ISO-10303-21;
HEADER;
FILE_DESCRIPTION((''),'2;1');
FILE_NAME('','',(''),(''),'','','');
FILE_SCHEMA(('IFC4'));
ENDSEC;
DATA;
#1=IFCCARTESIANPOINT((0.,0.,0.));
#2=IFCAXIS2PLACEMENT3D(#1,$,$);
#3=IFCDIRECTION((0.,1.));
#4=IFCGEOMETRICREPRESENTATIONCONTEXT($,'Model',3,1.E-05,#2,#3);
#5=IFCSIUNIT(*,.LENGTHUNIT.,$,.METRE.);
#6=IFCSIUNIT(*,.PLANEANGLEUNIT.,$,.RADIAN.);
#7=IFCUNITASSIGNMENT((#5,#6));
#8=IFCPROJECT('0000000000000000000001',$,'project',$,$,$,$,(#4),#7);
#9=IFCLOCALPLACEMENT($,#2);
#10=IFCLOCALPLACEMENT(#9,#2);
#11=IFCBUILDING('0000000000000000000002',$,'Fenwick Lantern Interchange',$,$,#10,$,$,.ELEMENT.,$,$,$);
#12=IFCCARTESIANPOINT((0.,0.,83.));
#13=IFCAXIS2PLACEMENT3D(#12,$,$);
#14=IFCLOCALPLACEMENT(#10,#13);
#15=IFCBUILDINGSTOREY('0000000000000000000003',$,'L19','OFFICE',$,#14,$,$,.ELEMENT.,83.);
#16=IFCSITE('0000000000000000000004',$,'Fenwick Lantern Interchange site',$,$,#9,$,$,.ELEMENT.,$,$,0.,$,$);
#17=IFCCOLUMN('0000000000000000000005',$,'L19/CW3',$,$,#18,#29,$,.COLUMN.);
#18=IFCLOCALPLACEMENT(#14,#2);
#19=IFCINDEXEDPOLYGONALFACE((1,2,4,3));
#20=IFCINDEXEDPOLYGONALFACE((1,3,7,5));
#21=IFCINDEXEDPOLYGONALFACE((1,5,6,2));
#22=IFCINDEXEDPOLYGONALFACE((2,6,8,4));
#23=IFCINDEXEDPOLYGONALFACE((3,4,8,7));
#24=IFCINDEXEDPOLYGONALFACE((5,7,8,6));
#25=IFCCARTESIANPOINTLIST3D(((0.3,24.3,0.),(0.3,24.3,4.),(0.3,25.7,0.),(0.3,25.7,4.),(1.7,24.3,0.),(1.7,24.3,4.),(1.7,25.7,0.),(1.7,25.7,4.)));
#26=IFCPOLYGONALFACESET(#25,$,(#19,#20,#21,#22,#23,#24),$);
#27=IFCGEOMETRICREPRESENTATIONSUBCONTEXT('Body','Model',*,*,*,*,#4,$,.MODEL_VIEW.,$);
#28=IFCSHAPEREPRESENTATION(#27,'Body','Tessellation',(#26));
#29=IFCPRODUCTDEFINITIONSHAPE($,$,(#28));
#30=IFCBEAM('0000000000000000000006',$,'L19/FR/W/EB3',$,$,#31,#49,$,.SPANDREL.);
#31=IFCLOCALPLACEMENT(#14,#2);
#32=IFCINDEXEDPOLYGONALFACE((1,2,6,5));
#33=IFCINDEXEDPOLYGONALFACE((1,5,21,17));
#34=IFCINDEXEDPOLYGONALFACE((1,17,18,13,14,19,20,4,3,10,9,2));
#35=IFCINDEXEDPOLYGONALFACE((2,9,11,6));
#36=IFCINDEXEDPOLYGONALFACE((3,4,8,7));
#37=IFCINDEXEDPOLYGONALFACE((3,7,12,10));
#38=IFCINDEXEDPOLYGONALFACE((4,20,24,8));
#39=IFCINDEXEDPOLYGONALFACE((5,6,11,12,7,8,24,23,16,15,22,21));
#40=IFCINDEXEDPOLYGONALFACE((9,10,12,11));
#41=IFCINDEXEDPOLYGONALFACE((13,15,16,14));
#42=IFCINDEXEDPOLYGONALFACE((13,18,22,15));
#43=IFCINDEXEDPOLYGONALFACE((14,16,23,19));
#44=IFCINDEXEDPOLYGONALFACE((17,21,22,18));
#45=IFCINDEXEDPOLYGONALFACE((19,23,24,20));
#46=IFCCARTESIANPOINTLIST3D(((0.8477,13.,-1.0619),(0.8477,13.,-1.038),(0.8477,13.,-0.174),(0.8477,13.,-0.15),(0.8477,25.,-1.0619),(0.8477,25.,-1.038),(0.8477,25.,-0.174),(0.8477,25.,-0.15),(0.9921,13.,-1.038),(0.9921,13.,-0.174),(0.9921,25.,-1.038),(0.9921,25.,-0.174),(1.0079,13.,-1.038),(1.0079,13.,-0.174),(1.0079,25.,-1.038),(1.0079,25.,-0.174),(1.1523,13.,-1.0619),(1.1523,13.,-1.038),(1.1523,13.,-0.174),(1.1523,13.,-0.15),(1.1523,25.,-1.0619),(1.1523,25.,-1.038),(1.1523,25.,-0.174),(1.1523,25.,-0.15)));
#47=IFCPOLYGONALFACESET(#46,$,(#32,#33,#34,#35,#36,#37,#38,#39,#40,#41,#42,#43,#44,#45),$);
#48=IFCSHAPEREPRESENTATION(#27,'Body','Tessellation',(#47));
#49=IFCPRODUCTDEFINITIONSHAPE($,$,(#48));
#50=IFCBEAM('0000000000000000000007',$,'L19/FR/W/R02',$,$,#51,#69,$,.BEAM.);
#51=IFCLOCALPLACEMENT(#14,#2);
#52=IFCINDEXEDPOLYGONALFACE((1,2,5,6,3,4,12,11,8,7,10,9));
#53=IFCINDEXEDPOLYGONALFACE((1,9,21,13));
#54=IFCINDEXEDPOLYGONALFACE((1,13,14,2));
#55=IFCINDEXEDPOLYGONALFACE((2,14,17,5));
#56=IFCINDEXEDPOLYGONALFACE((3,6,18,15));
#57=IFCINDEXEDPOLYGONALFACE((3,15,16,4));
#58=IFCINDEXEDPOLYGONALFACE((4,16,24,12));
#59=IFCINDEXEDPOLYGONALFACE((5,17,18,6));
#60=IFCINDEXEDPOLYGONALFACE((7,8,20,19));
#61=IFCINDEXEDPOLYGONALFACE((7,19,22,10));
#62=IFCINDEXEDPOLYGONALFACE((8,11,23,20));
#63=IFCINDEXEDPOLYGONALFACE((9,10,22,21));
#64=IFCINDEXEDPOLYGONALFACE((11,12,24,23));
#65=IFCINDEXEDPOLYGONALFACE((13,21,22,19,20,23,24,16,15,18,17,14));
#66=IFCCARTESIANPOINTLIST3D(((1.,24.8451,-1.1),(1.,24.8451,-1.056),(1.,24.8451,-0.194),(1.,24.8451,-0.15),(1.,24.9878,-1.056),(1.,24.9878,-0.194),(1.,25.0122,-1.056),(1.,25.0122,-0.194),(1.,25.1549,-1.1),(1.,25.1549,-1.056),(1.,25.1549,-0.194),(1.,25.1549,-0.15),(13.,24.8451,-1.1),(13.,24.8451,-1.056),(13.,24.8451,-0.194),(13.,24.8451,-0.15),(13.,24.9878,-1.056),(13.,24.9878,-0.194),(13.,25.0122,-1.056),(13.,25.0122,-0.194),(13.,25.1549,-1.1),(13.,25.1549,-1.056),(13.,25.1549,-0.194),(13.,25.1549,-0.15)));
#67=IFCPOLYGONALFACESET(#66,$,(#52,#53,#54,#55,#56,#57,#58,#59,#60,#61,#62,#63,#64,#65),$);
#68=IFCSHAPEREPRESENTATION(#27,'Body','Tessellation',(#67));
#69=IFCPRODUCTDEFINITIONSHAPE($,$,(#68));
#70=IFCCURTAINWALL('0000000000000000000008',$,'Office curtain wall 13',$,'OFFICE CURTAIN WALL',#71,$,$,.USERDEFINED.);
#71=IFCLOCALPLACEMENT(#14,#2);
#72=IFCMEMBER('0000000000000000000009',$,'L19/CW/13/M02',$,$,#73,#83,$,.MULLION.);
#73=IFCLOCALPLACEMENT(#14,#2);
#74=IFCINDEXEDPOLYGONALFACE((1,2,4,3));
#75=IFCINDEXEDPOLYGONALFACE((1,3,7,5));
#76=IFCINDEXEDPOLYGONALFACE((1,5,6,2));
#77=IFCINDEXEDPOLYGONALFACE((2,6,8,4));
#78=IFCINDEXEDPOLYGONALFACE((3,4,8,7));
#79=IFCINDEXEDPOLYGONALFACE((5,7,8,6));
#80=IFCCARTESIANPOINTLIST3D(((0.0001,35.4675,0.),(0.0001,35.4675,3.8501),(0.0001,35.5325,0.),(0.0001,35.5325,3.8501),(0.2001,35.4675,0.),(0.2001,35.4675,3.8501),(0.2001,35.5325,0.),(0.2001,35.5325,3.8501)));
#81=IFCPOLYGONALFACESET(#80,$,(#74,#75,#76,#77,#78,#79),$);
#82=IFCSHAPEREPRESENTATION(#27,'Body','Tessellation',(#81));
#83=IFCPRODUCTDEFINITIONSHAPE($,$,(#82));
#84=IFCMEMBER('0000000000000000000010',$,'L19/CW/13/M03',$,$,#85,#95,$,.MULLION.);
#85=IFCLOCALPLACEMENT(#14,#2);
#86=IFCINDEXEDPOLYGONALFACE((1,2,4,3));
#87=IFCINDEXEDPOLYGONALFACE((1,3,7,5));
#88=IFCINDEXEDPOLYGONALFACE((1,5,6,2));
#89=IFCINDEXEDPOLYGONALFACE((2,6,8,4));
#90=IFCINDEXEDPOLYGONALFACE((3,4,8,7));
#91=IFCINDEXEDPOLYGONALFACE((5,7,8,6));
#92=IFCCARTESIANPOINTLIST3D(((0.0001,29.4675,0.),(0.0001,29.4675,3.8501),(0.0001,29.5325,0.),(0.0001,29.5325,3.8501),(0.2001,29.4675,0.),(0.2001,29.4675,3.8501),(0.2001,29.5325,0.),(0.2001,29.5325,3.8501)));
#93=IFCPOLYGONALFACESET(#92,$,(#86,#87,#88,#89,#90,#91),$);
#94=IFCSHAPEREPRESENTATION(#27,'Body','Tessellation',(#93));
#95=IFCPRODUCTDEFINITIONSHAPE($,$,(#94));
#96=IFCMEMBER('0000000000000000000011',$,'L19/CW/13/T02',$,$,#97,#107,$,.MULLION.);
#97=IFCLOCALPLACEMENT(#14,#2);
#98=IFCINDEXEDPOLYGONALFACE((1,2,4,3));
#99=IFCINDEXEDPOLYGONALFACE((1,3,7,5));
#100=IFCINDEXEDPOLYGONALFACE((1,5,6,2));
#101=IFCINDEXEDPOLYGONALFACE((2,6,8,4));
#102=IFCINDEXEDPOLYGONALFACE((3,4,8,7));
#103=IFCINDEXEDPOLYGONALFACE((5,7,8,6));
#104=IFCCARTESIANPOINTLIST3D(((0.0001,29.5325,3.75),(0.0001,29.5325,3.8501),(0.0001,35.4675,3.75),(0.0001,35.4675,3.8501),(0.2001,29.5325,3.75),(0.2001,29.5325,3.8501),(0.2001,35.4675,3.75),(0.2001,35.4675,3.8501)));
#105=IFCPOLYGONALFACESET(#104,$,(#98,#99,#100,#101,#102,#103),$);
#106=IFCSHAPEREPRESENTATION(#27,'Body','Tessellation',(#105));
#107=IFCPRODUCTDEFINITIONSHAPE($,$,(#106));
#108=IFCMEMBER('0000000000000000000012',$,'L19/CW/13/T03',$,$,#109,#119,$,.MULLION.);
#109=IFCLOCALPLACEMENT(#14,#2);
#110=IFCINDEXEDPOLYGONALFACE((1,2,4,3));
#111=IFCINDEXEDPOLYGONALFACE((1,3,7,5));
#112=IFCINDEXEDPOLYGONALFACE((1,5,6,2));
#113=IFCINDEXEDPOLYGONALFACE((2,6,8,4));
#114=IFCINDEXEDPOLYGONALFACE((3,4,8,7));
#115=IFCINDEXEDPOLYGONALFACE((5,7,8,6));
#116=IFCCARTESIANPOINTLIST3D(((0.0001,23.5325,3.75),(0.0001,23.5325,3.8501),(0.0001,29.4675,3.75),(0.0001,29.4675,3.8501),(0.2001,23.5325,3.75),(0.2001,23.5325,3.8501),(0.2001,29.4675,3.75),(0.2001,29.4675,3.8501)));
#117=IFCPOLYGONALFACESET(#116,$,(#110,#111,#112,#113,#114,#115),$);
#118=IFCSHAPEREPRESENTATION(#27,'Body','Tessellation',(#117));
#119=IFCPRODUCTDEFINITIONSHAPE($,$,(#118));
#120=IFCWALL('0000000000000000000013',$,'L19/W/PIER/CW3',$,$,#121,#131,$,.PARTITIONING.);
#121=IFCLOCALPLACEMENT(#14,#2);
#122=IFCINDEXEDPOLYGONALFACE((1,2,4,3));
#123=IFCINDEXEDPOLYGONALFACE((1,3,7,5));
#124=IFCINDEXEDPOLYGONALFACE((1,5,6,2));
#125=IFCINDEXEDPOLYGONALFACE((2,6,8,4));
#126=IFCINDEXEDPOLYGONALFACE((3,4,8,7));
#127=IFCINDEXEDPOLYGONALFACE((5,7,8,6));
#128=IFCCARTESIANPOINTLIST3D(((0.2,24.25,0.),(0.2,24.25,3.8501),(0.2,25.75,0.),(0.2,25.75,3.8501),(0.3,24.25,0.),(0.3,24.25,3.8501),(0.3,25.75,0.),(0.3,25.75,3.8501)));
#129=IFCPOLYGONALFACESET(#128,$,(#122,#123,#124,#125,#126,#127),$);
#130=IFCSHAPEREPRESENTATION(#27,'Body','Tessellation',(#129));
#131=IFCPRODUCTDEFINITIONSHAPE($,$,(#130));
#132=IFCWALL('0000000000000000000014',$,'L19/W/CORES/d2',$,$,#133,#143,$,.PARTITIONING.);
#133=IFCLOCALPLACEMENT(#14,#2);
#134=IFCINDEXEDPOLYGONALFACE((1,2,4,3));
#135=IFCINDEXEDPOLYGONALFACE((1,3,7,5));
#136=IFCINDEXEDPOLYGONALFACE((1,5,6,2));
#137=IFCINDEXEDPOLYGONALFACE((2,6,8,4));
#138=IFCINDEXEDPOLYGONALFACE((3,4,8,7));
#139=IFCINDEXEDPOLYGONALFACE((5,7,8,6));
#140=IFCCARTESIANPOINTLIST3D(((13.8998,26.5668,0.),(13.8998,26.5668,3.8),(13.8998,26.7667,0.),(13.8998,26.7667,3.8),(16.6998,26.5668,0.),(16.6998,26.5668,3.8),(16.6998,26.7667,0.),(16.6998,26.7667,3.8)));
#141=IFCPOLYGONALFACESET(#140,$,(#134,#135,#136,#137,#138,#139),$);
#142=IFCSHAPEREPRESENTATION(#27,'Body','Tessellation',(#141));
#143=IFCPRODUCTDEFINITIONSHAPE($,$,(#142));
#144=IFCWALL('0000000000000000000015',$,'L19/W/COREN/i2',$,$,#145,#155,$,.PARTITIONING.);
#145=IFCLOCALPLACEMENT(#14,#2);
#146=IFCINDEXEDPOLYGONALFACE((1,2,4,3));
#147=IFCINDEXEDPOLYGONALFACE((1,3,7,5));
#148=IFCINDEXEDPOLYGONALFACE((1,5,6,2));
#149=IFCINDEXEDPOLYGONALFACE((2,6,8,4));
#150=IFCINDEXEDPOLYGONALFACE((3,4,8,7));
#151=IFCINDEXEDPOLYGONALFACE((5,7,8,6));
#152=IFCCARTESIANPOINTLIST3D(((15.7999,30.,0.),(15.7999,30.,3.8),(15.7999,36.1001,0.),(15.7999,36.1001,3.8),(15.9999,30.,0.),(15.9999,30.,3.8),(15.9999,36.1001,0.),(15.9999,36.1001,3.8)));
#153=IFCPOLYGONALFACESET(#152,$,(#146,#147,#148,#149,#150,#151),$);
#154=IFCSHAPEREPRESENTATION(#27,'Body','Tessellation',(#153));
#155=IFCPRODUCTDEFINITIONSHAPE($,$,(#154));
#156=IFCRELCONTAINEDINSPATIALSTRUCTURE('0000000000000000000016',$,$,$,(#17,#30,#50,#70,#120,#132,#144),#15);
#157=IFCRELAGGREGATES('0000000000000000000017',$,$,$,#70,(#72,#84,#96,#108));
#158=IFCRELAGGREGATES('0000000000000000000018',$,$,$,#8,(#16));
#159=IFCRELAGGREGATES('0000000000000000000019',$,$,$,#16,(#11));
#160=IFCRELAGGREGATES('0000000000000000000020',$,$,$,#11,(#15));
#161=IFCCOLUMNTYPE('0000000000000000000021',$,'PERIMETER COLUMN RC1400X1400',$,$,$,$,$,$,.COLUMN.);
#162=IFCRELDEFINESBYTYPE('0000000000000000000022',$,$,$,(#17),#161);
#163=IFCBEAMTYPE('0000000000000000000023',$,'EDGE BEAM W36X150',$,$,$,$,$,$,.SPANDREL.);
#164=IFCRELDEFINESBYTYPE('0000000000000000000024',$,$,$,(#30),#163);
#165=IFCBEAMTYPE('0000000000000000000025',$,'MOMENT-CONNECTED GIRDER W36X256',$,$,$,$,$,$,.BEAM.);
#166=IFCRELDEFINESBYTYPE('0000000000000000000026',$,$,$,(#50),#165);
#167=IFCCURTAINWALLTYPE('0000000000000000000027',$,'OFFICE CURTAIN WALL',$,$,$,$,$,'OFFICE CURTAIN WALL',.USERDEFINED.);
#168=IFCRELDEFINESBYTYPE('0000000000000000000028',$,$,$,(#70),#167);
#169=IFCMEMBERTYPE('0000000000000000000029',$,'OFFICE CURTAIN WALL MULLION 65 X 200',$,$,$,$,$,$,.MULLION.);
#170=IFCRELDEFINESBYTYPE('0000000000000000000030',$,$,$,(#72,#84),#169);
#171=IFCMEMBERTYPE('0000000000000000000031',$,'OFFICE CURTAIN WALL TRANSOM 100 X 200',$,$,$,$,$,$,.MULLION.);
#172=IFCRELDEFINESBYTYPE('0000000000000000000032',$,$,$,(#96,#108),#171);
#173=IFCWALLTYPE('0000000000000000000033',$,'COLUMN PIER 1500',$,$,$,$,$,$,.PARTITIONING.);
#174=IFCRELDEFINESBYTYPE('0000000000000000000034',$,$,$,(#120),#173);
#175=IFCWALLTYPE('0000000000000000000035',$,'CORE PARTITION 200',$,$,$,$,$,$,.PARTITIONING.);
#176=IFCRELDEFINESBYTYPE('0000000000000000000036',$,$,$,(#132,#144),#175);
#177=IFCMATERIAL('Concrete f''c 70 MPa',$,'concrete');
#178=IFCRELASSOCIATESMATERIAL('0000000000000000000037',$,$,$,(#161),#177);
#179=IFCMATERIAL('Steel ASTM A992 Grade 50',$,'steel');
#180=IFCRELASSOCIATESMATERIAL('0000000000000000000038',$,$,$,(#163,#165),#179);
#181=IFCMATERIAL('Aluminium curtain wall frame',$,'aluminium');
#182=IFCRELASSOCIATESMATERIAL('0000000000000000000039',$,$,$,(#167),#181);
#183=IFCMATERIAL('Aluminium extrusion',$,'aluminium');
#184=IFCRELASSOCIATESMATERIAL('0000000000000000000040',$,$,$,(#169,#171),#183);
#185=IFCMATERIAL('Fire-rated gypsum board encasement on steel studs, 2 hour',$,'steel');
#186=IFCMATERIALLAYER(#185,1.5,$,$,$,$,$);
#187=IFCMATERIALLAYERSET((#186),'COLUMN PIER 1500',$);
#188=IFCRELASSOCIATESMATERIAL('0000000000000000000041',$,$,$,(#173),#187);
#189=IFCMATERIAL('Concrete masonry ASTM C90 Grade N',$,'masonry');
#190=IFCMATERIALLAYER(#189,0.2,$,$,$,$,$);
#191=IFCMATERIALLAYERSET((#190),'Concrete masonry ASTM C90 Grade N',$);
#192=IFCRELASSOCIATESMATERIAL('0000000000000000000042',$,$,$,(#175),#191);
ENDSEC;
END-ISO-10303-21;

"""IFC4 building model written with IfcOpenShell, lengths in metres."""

from ifc_helpers import new_model, si_unit, direction, frame, frame_2d, origin, origin_2d, place, context, subcontext, project, spatial, rectangle, i_section, extrude, material, layer, layer_set, material_profile, profile_set, type_object, element, aggregate, save


model = new_model("IFC4")

# Units and contexts
model_context = context("Model", 3, precision=1e-05, world=origin(), true_north=direction((0.0, 1.0)))
body_context = subcontext(model_context, "Body", "Model", "MODEL_VIEW")
ifc_project = project(units=[si_unit("LENGTHUNIT", "METRE"), si_unit("PLANEANGLEUNIT", "RADIAN")], contexts=[model_context])

# Site, building, storey
site_placement = place(None, origin())
site = spatial("IfcSite", under=ifc_project, at=site_placement, Name="Fenwick Lantern Interchange site", CompositionType="ELEMENT", RefElevation=0.0)
building_placement = place(site_placement, origin())
building = spatial("IfcBuilding", under=site, at=building_placement, Name="Fenwick Lantern Interchange", CompositionType="ELEMENT")
storey_placement = place(building_placement, frame((0.0, 0.0, 83.0)))
storey = spatial("IfcBuildingStorey", under=building, at=storey_placement, Name="L19", Description="OFFICE", CompositionType="ELEMENT", Elevation=83.0)

# Column
ifc_material_1 = material(Name="Concrete f'c 70 MPa", Category="concrete")
ifc_material_profile_1 = material_profile(ifc_material_1, rectangle(XDim=1.3999, YDim=1.3999, at=origin_2d()), Name="RC1400X1400")
ifc_profile_set_1 = profile_set([ifc_material_profile_1], Name="Concrete f'c 70 MPa")
column_type = type_object("IfcColumnType", Name="PERIMETER COLUMN RC1400X1400", PredefinedType="COLUMN", material=ifc_profile_set_1)
column_placement = place(storey_placement, frame((1.0, 25.0, 0.0), z_axis=(0.0, 0.0, 1.0), x_axis=(1.0, 0.0, 0.0)))
element("IfcColumn", 1, at=column_placement, inside=storey, type_object=column_type, Name="L19/CW3", PredefinedType="COLUMN", context=body_context, shape_type="SweptSolid", body=[
    extrude(rectangle(XDim=1.3999, YDim=1.3999, at=origin_2d()), origin(), (0.0, 0.0, 1.0), 4.0),
])

# Beams
ifc_material_2 = material(Name="Steel ASTM A992 Grade 50", Category="steel")
ifc_material_profile_2 = material_profile(ifc_material_2, i_section(OverallWidth=0.3047, OverallDepth=0.9119, WebThickness=0.0159, FlangeThickness=0.0239, at=origin_2d()), Name="W36X150")
ifc_profile_set_2 = profile_set([ifc_material_profile_2], Name="Steel ASTM A992 Grade 50")
beam_type_1 = type_object("IfcBeamType", Name="EDGE BEAM W36X150", PredefinedType="SPANDREL", material=ifc_profile_set_2)
beam_1_placement = place(storey_placement, frame((1.0, 25.0, -0.606), z_axis=(0.0, -1.0, 0.0), x_axis=(1.0, 0.0, 0.0)))
element("IfcBeam", 2, at=beam_1_placement, inside=storey, type_object=beam_type_1, Name="L19/FR/W/EB3", PredefinedType="SPANDREL", context=body_context, shape_type="SweptSolid", body=[
    extrude(i_section(OverallWidth=0.3047, OverallDepth=0.9119, WebThickness=0.0159, FlangeThickness=0.0239, at=origin_2d()), origin(), (0.0, 0.0, 1.0), 12.0),
])
ifc_material_profile_3 = material_profile(ifc_material_2, i_section(OverallWidth=0.3098, OverallDepth=0.95, WebThickness=0.0244, FlangeThickness=0.0439, at=origin_2d()), Name="W36X256")
ifc_profile_set_3 = profile_set([ifc_material_profile_3], Name="Steel ASTM A992 Grade 50")
beam_type_2 = type_object("IfcBeamType", Name="MOMENT-CONNECTED GIRDER W36X256", PredefinedType="BEAM", material=ifc_profile_set_3)
beam_2_placement = place(storey_placement, frame((1.0, 25.0, -0.625), z_axis=(1.0, 0.0, 0.0), x_axis=(0.0, 1.0, 0.0)))
element("IfcBeam", 3, at=beam_2_placement, inside=storey, type_object=beam_type_2, Name="L19/FR/W/R02", PredefinedType="BEAM", context=body_context, shape_type="SweptSolid", body=[
    extrude(i_section(OverallWidth=0.3098, OverallDepth=0.95, WebThickness=0.0244, FlangeThickness=0.0439, at=origin_2d()), origin(), (0.0, 0.0, 1.0), 12.0),
])

# Curtain wall, members
ifc_material_3 = material(Name="Aluminium curtain wall frame", Category="aluminium")
curtain_wall_type = type_object("IfcCurtainWallType", Name="OFFICE CURTAIN WALL", ElementType="OFFICE CURTAIN WALL", PredefinedType="USERDEFINED", material=ifc_material_3)
curtain_wall_placement = place(storey_placement, origin())
curtain_wall = element("IfcCurtainWall", 4, at=curtain_wall_placement, inside=storey, type_object=curtain_wall_type, Name="Office curtain wall 13", ObjectType="OFFICE CURTAIN WALL", PredefinedType="USERDEFINED")
ifc_material_4 = material(Name="Aluminium extrusion", Category="aluminium")
ifc_material_profile_4 = material_profile(ifc_material_4, rectangle(XDim=0.2, YDim=0.0649, at=origin_2d()), Name="OFFICE CURTAIN WALL MULLION 65 X 200")
ifc_profile_set_4 = profile_set([ifc_material_profile_4], Name="Aluminium extrusion")
member_type_1 = type_object("IfcMemberType", Name="OFFICE CURTAIN WALL MULLION 65 X 200", PredefinedType="MULLION", material=ifc_profile_set_4)
member_1_placement = place(storey_placement, frame((0.1001, 35.5, 0.0), z_axis=(0.0, 0.0, 1.0), x_axis=(1.0, 0.0, 0.0)))
member_1 = element("IfcMember", 5, at=member_1_placement, type_object=member_type_1, Name="L19/CW/13/M02", PredefinedType="MULLION", context=body_context, shape_type="SweptSolid", body=[
    extrude(rectangle(XDim=0.2, YDim=0.0649, at=origin_2d()), origin(), (0.0, 0.0, 1.0), 3.8501),
])
member_2_placement = place(storey_placement, frame((0.1001, 29.5, 0.0), z_axis=(0.0, 0.0, 1.0), x_axis=(1.0, 0.0, 0.0)))
member_2 = element("IfcMember", 6, at=member_2_placement, type_object=member_type_1, Name="L19/CW/13/M03", PredefinedType="MULLION", context=body_context, shape_type="SweptSolid", body=[
    extrude(rectangle(XDim=0.2, YDim=0.0649, at=origin_2d()), origin(), (0.0, 0.0, 1.0), 3.8501),
])
ifc_material_profile_5 = material_profile(ifc_material_4, rectangle(XDim=0.2, YDim=0.1001, at=origin_2d()), Name="OFFICE CURTAIN WALL TRANSOM 100 X 200")
ifc_profile_set_5 = profile_set([ifc_material_profile_5], Name="Aluminium extrusion")
member_type_2 = type_object("IfcMemberType", Name="OFFICE CURTAIN WALL TRANSOM 100 X 200", PredefinedType="MULLION", material=ifc_profile_set_5)
member_3_placement = place(storey_placement, frame((0.1001, 35.4675, 3.8), z_axis=(0.0, -1.0, 0.0), x_axis=(1.0, 0.0, 0.0)))
member_3 = element("IfcMember", 7, at=member_3_placement, type_object=member_type_2, Name="L19/CW/13/T02", PredefinedType="MULLION", context=body_context, shape_type="SweptSolid", body=[
    extrude(rectangle(XDim=0.2, YDim=0.1001, at=origin_2d()), origin(), (0.0, 0.0, 1.0), 5.9351),
])
member_4_placement = place(storey_placement, frame((0.1001, 29.4675, 3.8), z_axis=(0.0, -1.0, 0.0), x_axis=(1.0, 0.0, 0.0)))
member_4 = element("IfcMember", 8, at=member_4_placement, type_object=member_type_2, Name="L19/CW/13/T03", PredefinedType="MULLION", context=body_context, shape_type="SweptSolid", body=[
    extrude(rectangle(XDim=0.2, YDim=0.1001, at=origin_2d()), origin(), (0.0, 0.0, 1.0), 5.9351),
])
aggregate(curtain_wall, [member_1, member_2, member_3, member_4])

# Walls
ifc_material_5 = material(Name="Fire-rated gypsum board encasement on steel studs, 2 hour", Category="steel")
ifc_layer_1 = layer(ifc_material_5, 1.5)
ifc_layer_set_1 = layer_set([ifc_layer_1], Name="COLUMN PIER 1500")
wall_type_1 = type_object("IfcWallType", Name="COLUMN PIER 1500", PredefinedType="PARTITIONING", material=ifc_layer_set_1)
wall_1_placement = place(storey_placement, frame((0.2, 25.0, 0.0), z_axis=(0.0, 0.0, 1.0), x_axis=(1.0, 0.0, 0.0)))
element("IfcWall", 9, at=wall_1_placement, inside=storey, type_object=wall_type_1, Name="L19/W/PIER/CW3", PredefinedType="PARTITIONING", context=body_context, shape_type="SweptSolid", body=[
    extrude(rectangle(XDim=0.1001, YDim=1.5, at=frame_2d((0.05, 0.0))), origin(), (0.0, 0.0, 1.0), 3.8501),
])
ifc_material_6 = material(Name="Concrete masonry ASTM C90 Grade N", Category="masonry")
ifc_layer_2 = layer(ifc_material_6, 0.2)
ifc_layer_set_2 = layer_set([ifc_layer_2], Name="Concrete masonry ASTM C90 Grade N")
wall_type_2 = type_object("IfcWallType", Name="CORE PARTITION 200", PredefinedType="PARTITIONING", material=ifc_layer_set_2)
wall_2_placement = place(storey_placement, frame((13.8999, 26.6667, 0.0), z_axis=(0.0, 0.0, 1.0), x_axis=(1.0, 0.0, 0.0)))
element("IfcWall", 10, at=wall_2_placement, inside=storey, type_object=wall_type_2, Name="L19/W/CORES/d2", PredefinedType="PARTITIONING", context=body_context, shape_type="SweptSolid", body=[
    extrude(rectangle(XDim=2.8, YDim=0.2, at=frame_2d((1.3999, 0.0))), origin(), (0.0, 0.0, 1.0), 3.8),
])
wall_3_placement = place(storey_placement, frame((15.8999, 36.1001, 0.0), z_axis=(0.0, 0.0, 1.0), x_axis=(0.0, -1.0, 0.0)))
element("IfcWall", 11, at=wall_3_placement, inside=storey, type_object=wall_type_2, Name="L19/W/COREN/i2", PredefinedType="PARTITIONING", context=body_context, shape_type="SweptSolid", body=[
    extrude(rectangle(XDim=6.1001, YDim=0.2, at=frame_2d((3.05, 0.0))), origin(), (0.0, 0.0, 1.0), 3.8),
])

save(model, "model.ifc")
